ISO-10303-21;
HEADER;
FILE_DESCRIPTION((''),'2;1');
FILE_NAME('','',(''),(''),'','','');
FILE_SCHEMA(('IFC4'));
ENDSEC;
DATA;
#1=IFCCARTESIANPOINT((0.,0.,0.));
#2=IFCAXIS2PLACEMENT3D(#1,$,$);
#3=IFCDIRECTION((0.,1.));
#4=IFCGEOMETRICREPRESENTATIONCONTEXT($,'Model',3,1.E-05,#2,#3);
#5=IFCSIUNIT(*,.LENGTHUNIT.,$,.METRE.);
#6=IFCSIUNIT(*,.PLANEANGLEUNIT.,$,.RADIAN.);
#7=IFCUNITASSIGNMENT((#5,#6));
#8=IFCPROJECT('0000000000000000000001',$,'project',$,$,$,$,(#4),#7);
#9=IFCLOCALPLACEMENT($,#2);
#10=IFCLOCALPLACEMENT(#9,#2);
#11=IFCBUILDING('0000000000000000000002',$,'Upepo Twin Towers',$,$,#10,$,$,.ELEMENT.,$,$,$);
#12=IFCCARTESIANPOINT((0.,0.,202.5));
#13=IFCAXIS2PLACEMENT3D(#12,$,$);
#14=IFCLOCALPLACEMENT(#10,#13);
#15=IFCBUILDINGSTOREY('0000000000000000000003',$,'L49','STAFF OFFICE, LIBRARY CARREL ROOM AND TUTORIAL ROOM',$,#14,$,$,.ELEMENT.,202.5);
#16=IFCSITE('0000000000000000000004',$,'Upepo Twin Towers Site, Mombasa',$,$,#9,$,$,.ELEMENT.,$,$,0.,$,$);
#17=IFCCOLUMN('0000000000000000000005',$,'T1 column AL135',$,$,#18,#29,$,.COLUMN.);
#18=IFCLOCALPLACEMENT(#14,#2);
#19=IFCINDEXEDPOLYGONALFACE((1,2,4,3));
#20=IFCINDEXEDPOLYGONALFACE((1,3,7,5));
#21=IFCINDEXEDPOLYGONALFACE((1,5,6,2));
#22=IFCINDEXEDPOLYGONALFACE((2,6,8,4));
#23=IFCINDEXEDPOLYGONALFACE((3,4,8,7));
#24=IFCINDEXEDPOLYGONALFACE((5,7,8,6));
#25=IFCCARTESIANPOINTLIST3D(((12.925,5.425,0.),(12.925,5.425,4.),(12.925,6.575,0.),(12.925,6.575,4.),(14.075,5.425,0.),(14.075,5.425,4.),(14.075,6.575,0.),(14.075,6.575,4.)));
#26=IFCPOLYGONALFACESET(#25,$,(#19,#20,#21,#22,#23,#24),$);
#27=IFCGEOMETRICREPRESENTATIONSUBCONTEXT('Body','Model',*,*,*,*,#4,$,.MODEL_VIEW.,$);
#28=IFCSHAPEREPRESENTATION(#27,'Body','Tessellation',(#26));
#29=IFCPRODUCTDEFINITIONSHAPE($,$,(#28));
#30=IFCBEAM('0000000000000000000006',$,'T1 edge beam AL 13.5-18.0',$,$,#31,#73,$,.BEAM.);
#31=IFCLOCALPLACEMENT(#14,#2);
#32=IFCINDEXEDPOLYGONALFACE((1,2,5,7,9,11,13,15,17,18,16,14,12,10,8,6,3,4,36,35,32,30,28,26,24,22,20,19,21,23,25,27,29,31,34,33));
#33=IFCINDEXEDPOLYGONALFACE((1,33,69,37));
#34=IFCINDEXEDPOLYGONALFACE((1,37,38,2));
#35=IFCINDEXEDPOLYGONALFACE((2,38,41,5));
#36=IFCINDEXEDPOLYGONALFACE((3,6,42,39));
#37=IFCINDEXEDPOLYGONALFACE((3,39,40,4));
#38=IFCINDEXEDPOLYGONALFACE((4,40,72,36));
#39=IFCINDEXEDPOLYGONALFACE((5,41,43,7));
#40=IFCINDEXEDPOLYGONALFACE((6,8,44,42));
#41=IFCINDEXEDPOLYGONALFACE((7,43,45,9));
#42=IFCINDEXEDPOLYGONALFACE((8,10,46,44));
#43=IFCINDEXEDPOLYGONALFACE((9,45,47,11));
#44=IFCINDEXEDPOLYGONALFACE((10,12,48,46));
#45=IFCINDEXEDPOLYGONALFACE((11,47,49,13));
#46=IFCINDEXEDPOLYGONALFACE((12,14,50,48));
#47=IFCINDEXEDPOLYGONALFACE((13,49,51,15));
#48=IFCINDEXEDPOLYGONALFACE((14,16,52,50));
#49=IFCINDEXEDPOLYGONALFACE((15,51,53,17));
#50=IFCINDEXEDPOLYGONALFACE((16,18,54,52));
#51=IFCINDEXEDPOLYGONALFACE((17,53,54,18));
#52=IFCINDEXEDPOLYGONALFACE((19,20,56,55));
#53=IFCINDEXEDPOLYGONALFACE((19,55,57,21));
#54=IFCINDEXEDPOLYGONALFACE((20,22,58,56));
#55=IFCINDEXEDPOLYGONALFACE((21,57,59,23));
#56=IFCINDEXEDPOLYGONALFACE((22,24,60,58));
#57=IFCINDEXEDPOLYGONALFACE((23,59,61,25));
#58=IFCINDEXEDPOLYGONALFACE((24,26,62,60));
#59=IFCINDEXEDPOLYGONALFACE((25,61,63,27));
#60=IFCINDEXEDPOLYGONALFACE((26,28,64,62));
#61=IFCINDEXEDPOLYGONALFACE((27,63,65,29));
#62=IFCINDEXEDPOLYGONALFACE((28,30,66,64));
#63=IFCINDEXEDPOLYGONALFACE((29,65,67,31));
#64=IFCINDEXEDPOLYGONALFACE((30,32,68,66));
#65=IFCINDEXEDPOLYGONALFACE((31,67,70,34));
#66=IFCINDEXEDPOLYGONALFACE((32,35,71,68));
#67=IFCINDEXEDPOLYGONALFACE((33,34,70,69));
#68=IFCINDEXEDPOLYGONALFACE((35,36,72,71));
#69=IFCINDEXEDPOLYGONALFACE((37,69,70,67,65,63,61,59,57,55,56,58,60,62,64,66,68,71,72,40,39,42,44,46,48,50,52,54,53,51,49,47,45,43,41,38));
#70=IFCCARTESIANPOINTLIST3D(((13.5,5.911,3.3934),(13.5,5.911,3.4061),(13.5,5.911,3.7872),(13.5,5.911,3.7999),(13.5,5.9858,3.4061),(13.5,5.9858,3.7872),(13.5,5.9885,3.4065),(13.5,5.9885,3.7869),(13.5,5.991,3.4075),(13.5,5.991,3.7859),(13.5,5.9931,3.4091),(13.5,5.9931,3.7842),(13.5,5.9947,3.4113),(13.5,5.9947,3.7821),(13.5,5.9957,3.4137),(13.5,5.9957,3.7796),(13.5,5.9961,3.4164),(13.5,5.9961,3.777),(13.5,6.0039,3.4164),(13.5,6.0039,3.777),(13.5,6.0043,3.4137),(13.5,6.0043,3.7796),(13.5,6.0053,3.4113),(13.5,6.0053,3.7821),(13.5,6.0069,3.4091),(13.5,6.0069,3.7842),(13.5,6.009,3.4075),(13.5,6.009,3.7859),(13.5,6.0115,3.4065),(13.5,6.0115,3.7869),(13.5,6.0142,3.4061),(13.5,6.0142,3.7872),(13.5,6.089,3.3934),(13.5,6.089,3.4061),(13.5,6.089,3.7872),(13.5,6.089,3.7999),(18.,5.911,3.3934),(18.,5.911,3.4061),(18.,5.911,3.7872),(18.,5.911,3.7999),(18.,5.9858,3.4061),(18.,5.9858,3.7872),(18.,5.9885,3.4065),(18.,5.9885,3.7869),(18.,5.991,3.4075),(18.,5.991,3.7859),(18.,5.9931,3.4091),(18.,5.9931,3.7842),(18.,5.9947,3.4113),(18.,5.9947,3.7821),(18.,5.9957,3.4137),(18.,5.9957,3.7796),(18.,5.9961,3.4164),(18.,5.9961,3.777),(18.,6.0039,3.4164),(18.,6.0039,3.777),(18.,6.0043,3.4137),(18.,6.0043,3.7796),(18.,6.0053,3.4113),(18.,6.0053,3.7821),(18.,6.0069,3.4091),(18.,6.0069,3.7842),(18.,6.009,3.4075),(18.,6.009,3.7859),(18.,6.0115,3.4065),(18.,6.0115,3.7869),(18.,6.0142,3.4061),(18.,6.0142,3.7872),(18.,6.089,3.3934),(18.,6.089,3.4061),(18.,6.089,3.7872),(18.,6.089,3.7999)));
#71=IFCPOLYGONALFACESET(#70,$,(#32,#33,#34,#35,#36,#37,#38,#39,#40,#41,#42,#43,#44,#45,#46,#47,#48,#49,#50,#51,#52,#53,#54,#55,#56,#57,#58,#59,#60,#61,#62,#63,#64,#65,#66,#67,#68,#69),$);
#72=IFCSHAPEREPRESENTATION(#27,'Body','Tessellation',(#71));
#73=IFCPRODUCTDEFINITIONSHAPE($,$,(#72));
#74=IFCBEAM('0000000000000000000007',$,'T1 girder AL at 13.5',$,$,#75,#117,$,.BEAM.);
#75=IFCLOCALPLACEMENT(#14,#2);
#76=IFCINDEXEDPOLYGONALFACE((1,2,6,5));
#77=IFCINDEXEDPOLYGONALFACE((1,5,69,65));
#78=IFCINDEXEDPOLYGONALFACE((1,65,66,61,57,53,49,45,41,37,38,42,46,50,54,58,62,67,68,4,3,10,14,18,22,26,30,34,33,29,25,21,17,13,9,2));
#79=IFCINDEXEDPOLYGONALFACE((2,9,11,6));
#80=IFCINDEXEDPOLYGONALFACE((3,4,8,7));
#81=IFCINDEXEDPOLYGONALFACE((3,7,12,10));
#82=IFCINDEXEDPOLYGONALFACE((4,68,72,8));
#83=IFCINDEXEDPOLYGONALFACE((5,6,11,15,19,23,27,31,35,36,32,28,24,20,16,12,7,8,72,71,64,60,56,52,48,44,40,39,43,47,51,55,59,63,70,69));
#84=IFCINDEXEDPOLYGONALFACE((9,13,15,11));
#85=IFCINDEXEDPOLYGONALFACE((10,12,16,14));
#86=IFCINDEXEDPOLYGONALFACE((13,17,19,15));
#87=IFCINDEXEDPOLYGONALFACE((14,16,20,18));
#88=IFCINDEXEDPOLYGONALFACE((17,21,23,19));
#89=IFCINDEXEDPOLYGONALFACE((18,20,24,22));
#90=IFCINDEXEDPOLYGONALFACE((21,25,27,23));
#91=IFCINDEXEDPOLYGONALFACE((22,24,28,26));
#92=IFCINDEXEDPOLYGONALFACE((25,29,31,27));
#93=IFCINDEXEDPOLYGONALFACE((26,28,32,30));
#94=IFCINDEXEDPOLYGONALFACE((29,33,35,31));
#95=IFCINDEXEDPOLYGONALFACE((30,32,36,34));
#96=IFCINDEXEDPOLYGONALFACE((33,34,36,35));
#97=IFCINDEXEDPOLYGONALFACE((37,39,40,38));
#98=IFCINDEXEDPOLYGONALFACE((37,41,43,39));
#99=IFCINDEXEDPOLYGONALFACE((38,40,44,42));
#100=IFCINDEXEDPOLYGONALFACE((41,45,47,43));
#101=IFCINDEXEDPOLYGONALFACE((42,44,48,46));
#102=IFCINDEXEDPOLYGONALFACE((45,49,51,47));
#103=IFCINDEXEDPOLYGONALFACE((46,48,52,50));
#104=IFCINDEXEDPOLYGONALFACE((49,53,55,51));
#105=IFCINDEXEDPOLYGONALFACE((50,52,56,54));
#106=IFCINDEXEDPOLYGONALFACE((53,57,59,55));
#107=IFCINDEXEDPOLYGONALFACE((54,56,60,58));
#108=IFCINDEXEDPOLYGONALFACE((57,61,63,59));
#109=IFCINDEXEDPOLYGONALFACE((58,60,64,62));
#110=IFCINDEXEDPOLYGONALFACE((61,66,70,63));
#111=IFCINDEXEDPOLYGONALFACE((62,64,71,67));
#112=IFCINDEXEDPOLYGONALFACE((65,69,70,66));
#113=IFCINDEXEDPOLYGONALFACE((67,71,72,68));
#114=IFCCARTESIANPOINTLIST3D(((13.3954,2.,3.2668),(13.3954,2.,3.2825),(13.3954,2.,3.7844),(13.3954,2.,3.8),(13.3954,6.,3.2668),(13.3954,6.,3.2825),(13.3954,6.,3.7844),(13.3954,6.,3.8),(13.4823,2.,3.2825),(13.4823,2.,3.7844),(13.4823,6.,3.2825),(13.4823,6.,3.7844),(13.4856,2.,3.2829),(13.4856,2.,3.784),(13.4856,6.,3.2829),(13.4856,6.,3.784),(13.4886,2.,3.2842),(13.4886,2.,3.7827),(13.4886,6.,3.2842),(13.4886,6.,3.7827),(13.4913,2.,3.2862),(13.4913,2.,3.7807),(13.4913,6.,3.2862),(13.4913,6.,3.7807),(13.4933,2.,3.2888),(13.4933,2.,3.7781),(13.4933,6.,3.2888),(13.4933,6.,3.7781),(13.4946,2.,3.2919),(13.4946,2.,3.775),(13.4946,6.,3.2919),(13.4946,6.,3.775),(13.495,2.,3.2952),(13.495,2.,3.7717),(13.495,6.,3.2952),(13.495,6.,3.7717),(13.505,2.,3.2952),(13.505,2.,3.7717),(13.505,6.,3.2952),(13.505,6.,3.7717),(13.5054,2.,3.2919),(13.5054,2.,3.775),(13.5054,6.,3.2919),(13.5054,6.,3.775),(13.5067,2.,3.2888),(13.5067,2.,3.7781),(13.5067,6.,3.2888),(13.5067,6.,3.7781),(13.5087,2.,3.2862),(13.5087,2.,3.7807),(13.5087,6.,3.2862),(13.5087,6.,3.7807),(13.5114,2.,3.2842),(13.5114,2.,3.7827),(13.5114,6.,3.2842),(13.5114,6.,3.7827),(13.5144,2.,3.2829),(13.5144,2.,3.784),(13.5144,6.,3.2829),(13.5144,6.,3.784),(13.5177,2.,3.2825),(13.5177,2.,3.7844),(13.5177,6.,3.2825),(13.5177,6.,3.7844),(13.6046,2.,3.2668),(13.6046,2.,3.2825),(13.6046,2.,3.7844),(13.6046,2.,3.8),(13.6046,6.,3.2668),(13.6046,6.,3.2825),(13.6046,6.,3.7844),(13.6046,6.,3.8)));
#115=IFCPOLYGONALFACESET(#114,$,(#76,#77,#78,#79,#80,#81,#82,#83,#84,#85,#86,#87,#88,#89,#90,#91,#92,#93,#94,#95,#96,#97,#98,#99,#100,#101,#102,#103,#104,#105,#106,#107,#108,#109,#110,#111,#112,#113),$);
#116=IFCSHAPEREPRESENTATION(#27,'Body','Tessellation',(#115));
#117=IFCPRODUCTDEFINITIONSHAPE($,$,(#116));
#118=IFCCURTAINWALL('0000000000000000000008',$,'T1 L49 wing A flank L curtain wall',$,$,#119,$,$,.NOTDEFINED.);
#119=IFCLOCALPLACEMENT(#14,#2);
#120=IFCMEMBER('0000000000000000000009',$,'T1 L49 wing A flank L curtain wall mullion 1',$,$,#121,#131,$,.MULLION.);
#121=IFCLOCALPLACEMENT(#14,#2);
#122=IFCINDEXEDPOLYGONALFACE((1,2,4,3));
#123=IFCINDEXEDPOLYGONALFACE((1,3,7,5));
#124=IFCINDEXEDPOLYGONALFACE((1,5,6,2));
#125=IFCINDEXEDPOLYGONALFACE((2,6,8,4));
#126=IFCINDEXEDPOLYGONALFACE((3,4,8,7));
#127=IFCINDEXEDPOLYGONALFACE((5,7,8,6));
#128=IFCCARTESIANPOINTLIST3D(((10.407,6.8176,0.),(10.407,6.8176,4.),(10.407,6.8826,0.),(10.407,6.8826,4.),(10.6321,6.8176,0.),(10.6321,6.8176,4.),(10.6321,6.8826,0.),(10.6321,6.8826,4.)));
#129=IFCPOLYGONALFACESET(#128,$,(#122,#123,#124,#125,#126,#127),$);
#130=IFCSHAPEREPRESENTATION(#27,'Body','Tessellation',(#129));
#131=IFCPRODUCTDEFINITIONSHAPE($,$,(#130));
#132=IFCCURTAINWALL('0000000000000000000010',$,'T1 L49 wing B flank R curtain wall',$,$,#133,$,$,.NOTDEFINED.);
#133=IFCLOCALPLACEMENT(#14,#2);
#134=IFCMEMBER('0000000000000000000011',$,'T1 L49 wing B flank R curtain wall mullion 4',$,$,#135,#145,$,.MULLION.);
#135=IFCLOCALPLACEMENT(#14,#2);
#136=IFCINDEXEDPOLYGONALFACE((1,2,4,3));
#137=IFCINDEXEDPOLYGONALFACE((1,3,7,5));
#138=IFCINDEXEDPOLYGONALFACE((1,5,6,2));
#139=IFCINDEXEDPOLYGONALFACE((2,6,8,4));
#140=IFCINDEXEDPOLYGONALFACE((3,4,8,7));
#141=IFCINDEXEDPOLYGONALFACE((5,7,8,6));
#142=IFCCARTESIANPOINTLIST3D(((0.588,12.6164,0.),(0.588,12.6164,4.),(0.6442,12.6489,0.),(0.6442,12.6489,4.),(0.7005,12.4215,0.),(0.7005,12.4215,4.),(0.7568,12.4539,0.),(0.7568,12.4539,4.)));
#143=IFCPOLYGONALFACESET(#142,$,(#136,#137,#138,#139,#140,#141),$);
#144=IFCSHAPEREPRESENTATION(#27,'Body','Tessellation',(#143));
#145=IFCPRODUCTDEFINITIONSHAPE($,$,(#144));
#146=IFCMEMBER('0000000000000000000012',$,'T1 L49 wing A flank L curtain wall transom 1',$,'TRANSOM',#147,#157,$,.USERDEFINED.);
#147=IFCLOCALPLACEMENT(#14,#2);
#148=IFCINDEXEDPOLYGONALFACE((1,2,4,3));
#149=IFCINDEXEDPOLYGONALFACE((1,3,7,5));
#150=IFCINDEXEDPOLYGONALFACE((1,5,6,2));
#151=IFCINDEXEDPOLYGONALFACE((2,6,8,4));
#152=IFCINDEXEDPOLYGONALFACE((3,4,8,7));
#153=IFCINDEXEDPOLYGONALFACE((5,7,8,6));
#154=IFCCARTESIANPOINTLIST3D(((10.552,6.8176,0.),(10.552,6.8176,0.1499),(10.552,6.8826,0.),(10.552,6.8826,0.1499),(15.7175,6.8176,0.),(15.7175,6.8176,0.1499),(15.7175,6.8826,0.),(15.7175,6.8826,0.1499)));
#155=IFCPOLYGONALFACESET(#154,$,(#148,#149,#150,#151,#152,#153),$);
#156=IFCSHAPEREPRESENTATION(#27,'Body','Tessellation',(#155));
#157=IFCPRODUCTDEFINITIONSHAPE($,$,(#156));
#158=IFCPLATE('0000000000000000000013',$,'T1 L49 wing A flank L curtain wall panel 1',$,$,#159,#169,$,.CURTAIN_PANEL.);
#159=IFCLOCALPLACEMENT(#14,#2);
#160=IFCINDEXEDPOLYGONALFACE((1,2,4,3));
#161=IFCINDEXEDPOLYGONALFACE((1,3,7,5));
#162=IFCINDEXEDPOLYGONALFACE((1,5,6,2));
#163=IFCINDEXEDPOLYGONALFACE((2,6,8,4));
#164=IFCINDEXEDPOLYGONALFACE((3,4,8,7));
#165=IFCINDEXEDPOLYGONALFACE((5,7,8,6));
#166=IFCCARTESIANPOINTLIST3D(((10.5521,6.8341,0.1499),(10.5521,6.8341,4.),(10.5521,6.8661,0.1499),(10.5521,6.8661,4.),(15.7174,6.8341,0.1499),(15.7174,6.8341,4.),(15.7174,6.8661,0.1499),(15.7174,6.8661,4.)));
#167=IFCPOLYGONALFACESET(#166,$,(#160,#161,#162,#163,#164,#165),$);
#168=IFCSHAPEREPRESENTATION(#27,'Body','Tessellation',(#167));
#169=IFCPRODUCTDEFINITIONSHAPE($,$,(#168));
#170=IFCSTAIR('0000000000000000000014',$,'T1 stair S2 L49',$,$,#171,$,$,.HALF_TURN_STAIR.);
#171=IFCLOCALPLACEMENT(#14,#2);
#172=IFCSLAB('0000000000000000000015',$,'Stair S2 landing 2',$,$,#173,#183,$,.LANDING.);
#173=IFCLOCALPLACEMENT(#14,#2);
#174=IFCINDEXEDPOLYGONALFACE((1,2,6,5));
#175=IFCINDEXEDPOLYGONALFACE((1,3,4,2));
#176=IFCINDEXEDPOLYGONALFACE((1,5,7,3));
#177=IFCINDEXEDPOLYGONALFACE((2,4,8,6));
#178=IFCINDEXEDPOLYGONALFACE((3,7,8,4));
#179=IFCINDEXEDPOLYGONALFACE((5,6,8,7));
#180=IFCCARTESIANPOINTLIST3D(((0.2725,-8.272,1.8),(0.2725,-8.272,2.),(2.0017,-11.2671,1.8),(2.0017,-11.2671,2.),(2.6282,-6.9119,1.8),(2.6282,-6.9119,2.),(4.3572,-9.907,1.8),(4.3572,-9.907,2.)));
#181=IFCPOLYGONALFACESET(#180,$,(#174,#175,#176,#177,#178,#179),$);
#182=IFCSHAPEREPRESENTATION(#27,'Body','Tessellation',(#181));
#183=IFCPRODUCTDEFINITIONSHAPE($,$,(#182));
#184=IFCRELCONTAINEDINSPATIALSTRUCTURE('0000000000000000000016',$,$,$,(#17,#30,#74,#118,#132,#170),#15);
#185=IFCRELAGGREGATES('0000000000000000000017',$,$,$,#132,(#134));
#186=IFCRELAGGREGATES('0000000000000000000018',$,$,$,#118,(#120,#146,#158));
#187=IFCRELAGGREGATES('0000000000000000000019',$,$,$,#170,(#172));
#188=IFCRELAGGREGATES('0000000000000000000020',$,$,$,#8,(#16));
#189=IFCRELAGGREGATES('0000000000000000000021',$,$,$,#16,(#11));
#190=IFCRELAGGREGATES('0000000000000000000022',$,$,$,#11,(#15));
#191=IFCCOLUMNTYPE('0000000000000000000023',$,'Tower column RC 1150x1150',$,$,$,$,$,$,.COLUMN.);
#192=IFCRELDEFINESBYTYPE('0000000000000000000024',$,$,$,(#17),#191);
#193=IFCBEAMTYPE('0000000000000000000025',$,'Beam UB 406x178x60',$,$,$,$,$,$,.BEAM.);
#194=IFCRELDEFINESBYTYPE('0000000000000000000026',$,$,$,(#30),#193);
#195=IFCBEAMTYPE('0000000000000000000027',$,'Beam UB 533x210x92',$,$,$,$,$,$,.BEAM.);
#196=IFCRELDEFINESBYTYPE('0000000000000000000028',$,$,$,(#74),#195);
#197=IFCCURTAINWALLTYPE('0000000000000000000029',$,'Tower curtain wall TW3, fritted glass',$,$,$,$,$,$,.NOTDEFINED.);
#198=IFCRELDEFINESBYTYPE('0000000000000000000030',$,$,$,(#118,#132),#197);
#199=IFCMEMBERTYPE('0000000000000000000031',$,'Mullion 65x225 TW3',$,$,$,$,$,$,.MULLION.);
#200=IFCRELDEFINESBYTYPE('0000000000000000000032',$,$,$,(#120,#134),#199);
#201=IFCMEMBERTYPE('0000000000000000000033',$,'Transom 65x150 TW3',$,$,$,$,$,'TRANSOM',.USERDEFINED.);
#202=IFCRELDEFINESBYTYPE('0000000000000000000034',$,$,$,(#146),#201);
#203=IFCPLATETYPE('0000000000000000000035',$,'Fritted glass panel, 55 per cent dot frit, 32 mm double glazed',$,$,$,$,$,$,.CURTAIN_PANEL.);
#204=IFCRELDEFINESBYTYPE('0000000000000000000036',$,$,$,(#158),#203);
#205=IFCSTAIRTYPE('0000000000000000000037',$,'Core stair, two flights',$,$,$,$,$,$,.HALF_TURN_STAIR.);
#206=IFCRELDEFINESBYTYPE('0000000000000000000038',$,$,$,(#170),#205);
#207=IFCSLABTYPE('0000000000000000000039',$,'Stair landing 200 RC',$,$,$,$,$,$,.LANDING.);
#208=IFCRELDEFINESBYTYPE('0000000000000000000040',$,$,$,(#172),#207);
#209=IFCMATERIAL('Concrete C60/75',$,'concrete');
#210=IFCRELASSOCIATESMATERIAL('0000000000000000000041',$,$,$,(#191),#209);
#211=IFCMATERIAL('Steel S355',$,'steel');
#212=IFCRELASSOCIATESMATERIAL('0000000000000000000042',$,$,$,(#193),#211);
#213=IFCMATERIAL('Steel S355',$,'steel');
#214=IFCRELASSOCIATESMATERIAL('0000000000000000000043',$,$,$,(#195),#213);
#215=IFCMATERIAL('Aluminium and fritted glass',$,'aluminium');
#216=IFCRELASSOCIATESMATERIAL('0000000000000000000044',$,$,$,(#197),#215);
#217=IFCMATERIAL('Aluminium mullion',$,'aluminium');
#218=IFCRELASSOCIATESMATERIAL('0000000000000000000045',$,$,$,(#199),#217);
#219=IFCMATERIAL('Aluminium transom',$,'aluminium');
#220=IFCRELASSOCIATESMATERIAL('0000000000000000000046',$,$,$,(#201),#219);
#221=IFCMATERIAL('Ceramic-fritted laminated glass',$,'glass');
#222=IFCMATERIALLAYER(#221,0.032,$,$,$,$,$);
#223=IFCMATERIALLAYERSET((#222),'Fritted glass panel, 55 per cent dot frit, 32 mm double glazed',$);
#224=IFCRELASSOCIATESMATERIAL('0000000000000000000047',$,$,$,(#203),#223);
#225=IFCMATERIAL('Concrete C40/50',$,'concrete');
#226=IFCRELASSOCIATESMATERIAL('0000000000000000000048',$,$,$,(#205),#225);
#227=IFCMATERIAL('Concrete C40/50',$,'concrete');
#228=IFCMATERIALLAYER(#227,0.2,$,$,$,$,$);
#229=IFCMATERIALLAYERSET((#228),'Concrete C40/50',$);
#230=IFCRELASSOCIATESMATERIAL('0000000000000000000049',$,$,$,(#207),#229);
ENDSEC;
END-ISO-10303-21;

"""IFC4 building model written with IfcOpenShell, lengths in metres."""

from ifc_helpers import new_model, si_unit, direction, frame, origin, origin_2d, place, context, subcontext, project, spatial, polyline, rectangle, i_section, outline, extrude, material, layer, layer_set, material_profile, profile_set, type_object, element, aggregate, save


model = new_model("IFC4")

# Units and contexts
model_context = context("Model", 3, precision=1e-05, world=origin(), true_north=direction((0.0, 1.0)))
body_context = subcontext(model_context, "Body", "Model", "MODEL_VIEW")
ifc_project = project(units=[si_unit("LENGTHUNIT", "METRE"), si_unit("PLANEANGLEUNIT", "RADIAN")], contexts=[model_context])

# Site, building, storey
site_placement = place(None, origin())
site = spatial("IfcSite", under=ifc_project, at=site_placement, Name="Upepo Twin Towers Site, Mombasa", CompositionType="ELEMENT", RefElevation=0.0)
building_placement = place(site_placement, origin())
building = spatial("IfcBuilding", under=site, at=building_placement, Name="Upepo Twin Towers", CompositionType="ELEMENT")
storey_placement = place(building_placement, frame((0.0, 0.0, 202.5)))
storey = spatial("IfcBuildingStorey", under=building, at=storey_placement, Name="L49", Description="STAFF OFFICE, LIBRARY CARREL ROOM AND TUTORIAL ROOM", CompositionType="ELEMENT", Elevation=202.5)

# Column
ifc_material_1 = material(Name="Concrete C60/75", Category="concrete")
ifc_material_profile_1 = material_profile(ifc_material_1, rectangle(XDim=1.1499, YDim=1.1499, at=origin_2d()), Name="RC 1150x1150")
ifc_profile_set_1 = profile_set([ifc_material_profile_1], Name="Concrete C60/75")
column_type = type_object("IfcColumnType", Name="Tower column RC 1150x1150", PredefinedType="COLUMN", material=ifc_profile_set_1)
column_placement = place(storey_placement, frame((13.5, 6.0, 0.0), z_axis=(0.0, 0.0, 1.0), x_axis=(1.0, 0.0, 0.0)))
element("IfcColumn", 1, at=column_placement, inside=storey, type_object=column_type, Name="T1 column AL135", PredefinedType="COLUMN", context=body_context, shape_type="SweptSolid", body=[
    extrude(rectangle(XDim=1.1499, YDim=1.1499, at=origin_2d()), origin(), (0.0, 0.0, 1.0), 4.0),
])

# Beams
ifc_material_2 = material(Name="Steel S355", Category="steel")
ifc_material_profile_2 = material_profile(ifc_material_2, i_section(OverallWidth=0.178, OverallDepth=0.4065, WebThickness=0.0078, FlangeThickness=0.0127, FilletRadius=0.0103, at=origin_2d()), Name="UB 406x178x60")
ifc_profile_set_2 = profile_set([ifc_material_profile_2], Name="Steel S355")
beam_type_1 = type_object("IfcBeamType", Name="Beam UB 406x178x60", PredefinedType="BEAM", material=ifc_profile_set_2)
beam_1_placement = place(storey_placement, frame((13.5, 6.0, 3.5967), z_axis=(1.0, 0.0, 0.0), x_axis=(0.0, 1.0, 0.0)))
element("IfcBeam", 2, at=beam_1_placement, inside=storey, type_object=beam_type_1, Name="T1 edge beam AL 13.5-18.0", PredefinedType="BEAM", context=body_context, shape_type="SweptSolid", body=[
    extrude(i_section(OverallWidth=0.178, OverallDepth=0.4065, WebThickness=0.0078, FlangeThickness=0.0127, FilletRadius=0.0103, at=origin_2d()), origin(), (0.0, 0.0, 1.0), 4.5),
])
ifc_material_3 = material(Name="Steel S355", Category="steel")
ifc_material_profile_3 = material_profile(ifc_material_3, i_section(OverallWidth=0.2092, OverallDepth=0.5332, WebThickness=0.01, FlangeThickness=0.0156, FilletRadius=0.0127, at=origin_2d()), Name="UB 533x210x92")
ifc_profile_set_3 = profile_set([ifc_material_profile_3], Name="Steel S355")
beam_type_2 = type_object("IfcBeamType", Name="Beam UB 533x210x92", PredefinedType="BEAM", material=ifc_profile_set_3)
beam_2_placement = place(storey_placement, frame((13.5, 6.0, 3.5334), z_axis=(0.0, -1.0, 0.0), x_axis=(1.0, 0.0, 0.0)))
element("IfcBeam", 3, at=beam_2_placement, inside=storey, type_object=beam_type_2, Name="T1 girder AL at 13.5", PredefinedType="BEAM", context=body_context, shape_type="SweptSolid", body=[
    extrude(i_section(OverallWidth=0.2092, OverallDepth=0.5332, WebThickness=0.01, FlangeThickness=0.0156, FilletRadius=0.0127, at=origin_2d()), origin(), (0.0, 0.0, 1.0), 4.0),
])

# Curtain walls, members
ifc_material_4 = material(Name="Aluminium and fritted glass", Category="aluminium")
curtain_wall_type = type_object("IfcCurtainWallType", Name="Tower curtain wall TW3, fritted glass", PredefinedType="NOTDEFINED", material=ifc_material_4)
curtain_wall_1_placement = place(storey_placement, origin())
curtain_wall_1 = element("IfcCurtainWall", 4, at=curtain_wall_1_placement, inside=storey, type_object=curtain_wall_type, Name="T1 L49 wing A flank L curtain wall", PredefinedType="NOTDEFINED")
ifc_material_5 = material(Name="Aluminium mullion", Category="aluminium")
ifc_material_profile_4 = material_profile(ifc_material_5, rectangle(XDim=0.0649, YDim=0.2251, at=origin_2d()), Name="MULLION 65x225")
ifc_profile_set_4 = profile_set([ifc_material_profile_4], Name="Aluminium mullion")
member_type_1 = type_object("IfcMemberType", Name="Mullion 65x225 TW3", PredefinedType="MULLION", material=ifc_profile_set_4)
member_1_placement = place(storey_placement, frame((10.5195, 6.8501, 0.0), z_axis=(0.0, 0.0, 1.0), x_axis=(0.0, 1.0, 0.0)))
member_1 = element("IfcMember", 5, at=member_1_placement, type_object=member_type_1, Name="T1 L49 wing A flank L curtain wall mullion 1", PredefinedType="MULLION", context=body_context, shape_type="SweptSolid", body=[
    extrude(rectangle(XDim=0.0649, YDim=0.2251, at=origin_2d()), origin(), (0.0, 0.0, 1.0), 4.0),
])
curtain_wall_2_placement = place(storey_placement, origin())
curtain_wall_2 = element("IfcCurtainWall", 6, at=curtain_wall_2_placement, inside=storey, type_object=curtain_wall_type, Name="T1 L49 wing B flank R curtain wall", PredefinedType="NOTDEFINED")
member_2_placement = place(storey_placement, frame((0.6724, 12.5352, 0.0), z_axis=(0.0, 0.0, 1.0), x_axis=(0.866025, 0.5, 0.0)))
member_2 = element("IfcMember", 7, at=member_2_placement, type_object=member_type_1, Name="T1 L49 wing B flank R curtain wall mullion 4", PredefinedType="MULLION", context=body_context, shape_type="SweptSolid", body=[
    extrude(rectangle(XDim=0.0649, YDim=0.2251, at=origin_2d()), origin(), (0.0, 0.0, 1.0), 4.0),
])
aggregate(curtain_wall_2, [member_2])

# Member
ifc_material_6 = material(Name="Aluminium transom", Category="aluminium")
ifc_material_profile_5 = material_profile(ifc_material_6, rectangle(XDim=0.0649, YDim=0.1499, at=origin_2d()), Name="TRANSOM 65x150")
ifc_profile_set_5 = profile_set([ifc_material_profile_5], Name="Aluminium transom")
member_type_2 = type_object("IfcMemberType", Name="Transom 65x150 TW3", ElementType="TRANSOM", PredefinedType="USERDEFINED", material=ifc_profile_set_5)
member_3_placement = place(storey_placement, frame((10.552, 6.8501, 0.075), z_axis=(1.0, 0.0, 0.0), x_axis=(0.0, 1.0, 0.0)))
member_3 = element("IfcMember", 8, at=member_3_placement, type_object=member_type_2, Name="T1 L49 wing A flank L curtain wall transom 1", ObjectType="TRANSOM", PredefinedType="USERDEFINED", context=body_context, shape_type="SweptSolid", body=[
    extrude(rectangle(XDim=0.0649, YDim=0.1499, at=origin_2d()), origin(), (0.0, 0.0, 1.0), 5.1655),
])

# Plate
ifc_material_7 = material(Name="Ceramic-fritted laminated glass", Category="glass")
ifc_layer_1 = layer(ifc_material_7, 0.032)
ifc_layer_set_1 = layer_set([ifc_layer_1], Name="Fritted glass panel, 55 per cent dot frit, 32 mm double glazed")
plate_type = type_object("IfcPlateType", Name="Fritted glass panel, 55 per cent dot frit, 32 mm double glazed", PredefinedType="CURTAIN_PANEL", material=ifc_layer_set_1)
plate_placement = place(storey_placement, frame((13.1348, 6.8501, 0.1499), z_axis=(0.0, 0.0, 1.0), x_axis=(1.0, 0.0, 0.0)))
plate = element("IfcPlate", 9, at=plate_placement, type_object=plate_type, Name="T1 L49 wing A flank L curtain wall panel 1", PredefinedType="CURTAIN_PANEL", context=body_context, shape_type="SweptSolid", body=[
    extrude(rectangle(XDim=5.1653, YDim=0.032, at=origin_2d()), origin(), (0.0, 0.0, 1.0), 3.8501),
])
aggregate(curtain_wall_1, [member_1, member_3, plate])

# Stair, slab
ifc_material_8 = material(Name="Concrete C40/50", Category="concrete")
stair_type = type_object("IfcStairType", Name="Core stair, two flights", PredefinedType="HALF_TURN_STAIR", material=ifc_material_8)
stair_1_placement = place(storey_placement, origin())
stair_1 = element("IfcStair", 10, at=stair_1_placement, inside=storey, type_object=stair_type, Name="T1 stair S2 L49", PredefinedType="HALF_TURN_STAIR")
ifc_material_9 = material(Name="Concrete C40/50", Category="concrete")
ifc_layer_2 = layer(ifc_material_9, 0.2)
ifc_layer_set_2 = layer_set([ifc_layer_2], Name="Concrete C40/50")
slab_type = type_object("IfcSlabType", Name="Stair landing 200 RC", PredefinedType="LANDING", material=ifc_layer_set_2)
slab_1_placement = place(storey_placement, frame((0.0, 0.0, 1.8)))
slab_1 = element("IfcSlab", 11, at=slab_1_placement, type_object=slab_type, Name="Stair S2 landing 2", PredefinedType="LANDING", context=body_context, shape_type="SweptSolid", body=[
    extrude(outline(polyline([(0.2725, -8.272), (2.0017, -11.2671), (4.3572, -9.907), (2.6282, -6.9119), (0.2725, -8.272)])), origin(), (0.0, 0.0, 1.0), 0.2),
])
aggregate(stair_1, [slab_1])

save(model, "model.ifc")
